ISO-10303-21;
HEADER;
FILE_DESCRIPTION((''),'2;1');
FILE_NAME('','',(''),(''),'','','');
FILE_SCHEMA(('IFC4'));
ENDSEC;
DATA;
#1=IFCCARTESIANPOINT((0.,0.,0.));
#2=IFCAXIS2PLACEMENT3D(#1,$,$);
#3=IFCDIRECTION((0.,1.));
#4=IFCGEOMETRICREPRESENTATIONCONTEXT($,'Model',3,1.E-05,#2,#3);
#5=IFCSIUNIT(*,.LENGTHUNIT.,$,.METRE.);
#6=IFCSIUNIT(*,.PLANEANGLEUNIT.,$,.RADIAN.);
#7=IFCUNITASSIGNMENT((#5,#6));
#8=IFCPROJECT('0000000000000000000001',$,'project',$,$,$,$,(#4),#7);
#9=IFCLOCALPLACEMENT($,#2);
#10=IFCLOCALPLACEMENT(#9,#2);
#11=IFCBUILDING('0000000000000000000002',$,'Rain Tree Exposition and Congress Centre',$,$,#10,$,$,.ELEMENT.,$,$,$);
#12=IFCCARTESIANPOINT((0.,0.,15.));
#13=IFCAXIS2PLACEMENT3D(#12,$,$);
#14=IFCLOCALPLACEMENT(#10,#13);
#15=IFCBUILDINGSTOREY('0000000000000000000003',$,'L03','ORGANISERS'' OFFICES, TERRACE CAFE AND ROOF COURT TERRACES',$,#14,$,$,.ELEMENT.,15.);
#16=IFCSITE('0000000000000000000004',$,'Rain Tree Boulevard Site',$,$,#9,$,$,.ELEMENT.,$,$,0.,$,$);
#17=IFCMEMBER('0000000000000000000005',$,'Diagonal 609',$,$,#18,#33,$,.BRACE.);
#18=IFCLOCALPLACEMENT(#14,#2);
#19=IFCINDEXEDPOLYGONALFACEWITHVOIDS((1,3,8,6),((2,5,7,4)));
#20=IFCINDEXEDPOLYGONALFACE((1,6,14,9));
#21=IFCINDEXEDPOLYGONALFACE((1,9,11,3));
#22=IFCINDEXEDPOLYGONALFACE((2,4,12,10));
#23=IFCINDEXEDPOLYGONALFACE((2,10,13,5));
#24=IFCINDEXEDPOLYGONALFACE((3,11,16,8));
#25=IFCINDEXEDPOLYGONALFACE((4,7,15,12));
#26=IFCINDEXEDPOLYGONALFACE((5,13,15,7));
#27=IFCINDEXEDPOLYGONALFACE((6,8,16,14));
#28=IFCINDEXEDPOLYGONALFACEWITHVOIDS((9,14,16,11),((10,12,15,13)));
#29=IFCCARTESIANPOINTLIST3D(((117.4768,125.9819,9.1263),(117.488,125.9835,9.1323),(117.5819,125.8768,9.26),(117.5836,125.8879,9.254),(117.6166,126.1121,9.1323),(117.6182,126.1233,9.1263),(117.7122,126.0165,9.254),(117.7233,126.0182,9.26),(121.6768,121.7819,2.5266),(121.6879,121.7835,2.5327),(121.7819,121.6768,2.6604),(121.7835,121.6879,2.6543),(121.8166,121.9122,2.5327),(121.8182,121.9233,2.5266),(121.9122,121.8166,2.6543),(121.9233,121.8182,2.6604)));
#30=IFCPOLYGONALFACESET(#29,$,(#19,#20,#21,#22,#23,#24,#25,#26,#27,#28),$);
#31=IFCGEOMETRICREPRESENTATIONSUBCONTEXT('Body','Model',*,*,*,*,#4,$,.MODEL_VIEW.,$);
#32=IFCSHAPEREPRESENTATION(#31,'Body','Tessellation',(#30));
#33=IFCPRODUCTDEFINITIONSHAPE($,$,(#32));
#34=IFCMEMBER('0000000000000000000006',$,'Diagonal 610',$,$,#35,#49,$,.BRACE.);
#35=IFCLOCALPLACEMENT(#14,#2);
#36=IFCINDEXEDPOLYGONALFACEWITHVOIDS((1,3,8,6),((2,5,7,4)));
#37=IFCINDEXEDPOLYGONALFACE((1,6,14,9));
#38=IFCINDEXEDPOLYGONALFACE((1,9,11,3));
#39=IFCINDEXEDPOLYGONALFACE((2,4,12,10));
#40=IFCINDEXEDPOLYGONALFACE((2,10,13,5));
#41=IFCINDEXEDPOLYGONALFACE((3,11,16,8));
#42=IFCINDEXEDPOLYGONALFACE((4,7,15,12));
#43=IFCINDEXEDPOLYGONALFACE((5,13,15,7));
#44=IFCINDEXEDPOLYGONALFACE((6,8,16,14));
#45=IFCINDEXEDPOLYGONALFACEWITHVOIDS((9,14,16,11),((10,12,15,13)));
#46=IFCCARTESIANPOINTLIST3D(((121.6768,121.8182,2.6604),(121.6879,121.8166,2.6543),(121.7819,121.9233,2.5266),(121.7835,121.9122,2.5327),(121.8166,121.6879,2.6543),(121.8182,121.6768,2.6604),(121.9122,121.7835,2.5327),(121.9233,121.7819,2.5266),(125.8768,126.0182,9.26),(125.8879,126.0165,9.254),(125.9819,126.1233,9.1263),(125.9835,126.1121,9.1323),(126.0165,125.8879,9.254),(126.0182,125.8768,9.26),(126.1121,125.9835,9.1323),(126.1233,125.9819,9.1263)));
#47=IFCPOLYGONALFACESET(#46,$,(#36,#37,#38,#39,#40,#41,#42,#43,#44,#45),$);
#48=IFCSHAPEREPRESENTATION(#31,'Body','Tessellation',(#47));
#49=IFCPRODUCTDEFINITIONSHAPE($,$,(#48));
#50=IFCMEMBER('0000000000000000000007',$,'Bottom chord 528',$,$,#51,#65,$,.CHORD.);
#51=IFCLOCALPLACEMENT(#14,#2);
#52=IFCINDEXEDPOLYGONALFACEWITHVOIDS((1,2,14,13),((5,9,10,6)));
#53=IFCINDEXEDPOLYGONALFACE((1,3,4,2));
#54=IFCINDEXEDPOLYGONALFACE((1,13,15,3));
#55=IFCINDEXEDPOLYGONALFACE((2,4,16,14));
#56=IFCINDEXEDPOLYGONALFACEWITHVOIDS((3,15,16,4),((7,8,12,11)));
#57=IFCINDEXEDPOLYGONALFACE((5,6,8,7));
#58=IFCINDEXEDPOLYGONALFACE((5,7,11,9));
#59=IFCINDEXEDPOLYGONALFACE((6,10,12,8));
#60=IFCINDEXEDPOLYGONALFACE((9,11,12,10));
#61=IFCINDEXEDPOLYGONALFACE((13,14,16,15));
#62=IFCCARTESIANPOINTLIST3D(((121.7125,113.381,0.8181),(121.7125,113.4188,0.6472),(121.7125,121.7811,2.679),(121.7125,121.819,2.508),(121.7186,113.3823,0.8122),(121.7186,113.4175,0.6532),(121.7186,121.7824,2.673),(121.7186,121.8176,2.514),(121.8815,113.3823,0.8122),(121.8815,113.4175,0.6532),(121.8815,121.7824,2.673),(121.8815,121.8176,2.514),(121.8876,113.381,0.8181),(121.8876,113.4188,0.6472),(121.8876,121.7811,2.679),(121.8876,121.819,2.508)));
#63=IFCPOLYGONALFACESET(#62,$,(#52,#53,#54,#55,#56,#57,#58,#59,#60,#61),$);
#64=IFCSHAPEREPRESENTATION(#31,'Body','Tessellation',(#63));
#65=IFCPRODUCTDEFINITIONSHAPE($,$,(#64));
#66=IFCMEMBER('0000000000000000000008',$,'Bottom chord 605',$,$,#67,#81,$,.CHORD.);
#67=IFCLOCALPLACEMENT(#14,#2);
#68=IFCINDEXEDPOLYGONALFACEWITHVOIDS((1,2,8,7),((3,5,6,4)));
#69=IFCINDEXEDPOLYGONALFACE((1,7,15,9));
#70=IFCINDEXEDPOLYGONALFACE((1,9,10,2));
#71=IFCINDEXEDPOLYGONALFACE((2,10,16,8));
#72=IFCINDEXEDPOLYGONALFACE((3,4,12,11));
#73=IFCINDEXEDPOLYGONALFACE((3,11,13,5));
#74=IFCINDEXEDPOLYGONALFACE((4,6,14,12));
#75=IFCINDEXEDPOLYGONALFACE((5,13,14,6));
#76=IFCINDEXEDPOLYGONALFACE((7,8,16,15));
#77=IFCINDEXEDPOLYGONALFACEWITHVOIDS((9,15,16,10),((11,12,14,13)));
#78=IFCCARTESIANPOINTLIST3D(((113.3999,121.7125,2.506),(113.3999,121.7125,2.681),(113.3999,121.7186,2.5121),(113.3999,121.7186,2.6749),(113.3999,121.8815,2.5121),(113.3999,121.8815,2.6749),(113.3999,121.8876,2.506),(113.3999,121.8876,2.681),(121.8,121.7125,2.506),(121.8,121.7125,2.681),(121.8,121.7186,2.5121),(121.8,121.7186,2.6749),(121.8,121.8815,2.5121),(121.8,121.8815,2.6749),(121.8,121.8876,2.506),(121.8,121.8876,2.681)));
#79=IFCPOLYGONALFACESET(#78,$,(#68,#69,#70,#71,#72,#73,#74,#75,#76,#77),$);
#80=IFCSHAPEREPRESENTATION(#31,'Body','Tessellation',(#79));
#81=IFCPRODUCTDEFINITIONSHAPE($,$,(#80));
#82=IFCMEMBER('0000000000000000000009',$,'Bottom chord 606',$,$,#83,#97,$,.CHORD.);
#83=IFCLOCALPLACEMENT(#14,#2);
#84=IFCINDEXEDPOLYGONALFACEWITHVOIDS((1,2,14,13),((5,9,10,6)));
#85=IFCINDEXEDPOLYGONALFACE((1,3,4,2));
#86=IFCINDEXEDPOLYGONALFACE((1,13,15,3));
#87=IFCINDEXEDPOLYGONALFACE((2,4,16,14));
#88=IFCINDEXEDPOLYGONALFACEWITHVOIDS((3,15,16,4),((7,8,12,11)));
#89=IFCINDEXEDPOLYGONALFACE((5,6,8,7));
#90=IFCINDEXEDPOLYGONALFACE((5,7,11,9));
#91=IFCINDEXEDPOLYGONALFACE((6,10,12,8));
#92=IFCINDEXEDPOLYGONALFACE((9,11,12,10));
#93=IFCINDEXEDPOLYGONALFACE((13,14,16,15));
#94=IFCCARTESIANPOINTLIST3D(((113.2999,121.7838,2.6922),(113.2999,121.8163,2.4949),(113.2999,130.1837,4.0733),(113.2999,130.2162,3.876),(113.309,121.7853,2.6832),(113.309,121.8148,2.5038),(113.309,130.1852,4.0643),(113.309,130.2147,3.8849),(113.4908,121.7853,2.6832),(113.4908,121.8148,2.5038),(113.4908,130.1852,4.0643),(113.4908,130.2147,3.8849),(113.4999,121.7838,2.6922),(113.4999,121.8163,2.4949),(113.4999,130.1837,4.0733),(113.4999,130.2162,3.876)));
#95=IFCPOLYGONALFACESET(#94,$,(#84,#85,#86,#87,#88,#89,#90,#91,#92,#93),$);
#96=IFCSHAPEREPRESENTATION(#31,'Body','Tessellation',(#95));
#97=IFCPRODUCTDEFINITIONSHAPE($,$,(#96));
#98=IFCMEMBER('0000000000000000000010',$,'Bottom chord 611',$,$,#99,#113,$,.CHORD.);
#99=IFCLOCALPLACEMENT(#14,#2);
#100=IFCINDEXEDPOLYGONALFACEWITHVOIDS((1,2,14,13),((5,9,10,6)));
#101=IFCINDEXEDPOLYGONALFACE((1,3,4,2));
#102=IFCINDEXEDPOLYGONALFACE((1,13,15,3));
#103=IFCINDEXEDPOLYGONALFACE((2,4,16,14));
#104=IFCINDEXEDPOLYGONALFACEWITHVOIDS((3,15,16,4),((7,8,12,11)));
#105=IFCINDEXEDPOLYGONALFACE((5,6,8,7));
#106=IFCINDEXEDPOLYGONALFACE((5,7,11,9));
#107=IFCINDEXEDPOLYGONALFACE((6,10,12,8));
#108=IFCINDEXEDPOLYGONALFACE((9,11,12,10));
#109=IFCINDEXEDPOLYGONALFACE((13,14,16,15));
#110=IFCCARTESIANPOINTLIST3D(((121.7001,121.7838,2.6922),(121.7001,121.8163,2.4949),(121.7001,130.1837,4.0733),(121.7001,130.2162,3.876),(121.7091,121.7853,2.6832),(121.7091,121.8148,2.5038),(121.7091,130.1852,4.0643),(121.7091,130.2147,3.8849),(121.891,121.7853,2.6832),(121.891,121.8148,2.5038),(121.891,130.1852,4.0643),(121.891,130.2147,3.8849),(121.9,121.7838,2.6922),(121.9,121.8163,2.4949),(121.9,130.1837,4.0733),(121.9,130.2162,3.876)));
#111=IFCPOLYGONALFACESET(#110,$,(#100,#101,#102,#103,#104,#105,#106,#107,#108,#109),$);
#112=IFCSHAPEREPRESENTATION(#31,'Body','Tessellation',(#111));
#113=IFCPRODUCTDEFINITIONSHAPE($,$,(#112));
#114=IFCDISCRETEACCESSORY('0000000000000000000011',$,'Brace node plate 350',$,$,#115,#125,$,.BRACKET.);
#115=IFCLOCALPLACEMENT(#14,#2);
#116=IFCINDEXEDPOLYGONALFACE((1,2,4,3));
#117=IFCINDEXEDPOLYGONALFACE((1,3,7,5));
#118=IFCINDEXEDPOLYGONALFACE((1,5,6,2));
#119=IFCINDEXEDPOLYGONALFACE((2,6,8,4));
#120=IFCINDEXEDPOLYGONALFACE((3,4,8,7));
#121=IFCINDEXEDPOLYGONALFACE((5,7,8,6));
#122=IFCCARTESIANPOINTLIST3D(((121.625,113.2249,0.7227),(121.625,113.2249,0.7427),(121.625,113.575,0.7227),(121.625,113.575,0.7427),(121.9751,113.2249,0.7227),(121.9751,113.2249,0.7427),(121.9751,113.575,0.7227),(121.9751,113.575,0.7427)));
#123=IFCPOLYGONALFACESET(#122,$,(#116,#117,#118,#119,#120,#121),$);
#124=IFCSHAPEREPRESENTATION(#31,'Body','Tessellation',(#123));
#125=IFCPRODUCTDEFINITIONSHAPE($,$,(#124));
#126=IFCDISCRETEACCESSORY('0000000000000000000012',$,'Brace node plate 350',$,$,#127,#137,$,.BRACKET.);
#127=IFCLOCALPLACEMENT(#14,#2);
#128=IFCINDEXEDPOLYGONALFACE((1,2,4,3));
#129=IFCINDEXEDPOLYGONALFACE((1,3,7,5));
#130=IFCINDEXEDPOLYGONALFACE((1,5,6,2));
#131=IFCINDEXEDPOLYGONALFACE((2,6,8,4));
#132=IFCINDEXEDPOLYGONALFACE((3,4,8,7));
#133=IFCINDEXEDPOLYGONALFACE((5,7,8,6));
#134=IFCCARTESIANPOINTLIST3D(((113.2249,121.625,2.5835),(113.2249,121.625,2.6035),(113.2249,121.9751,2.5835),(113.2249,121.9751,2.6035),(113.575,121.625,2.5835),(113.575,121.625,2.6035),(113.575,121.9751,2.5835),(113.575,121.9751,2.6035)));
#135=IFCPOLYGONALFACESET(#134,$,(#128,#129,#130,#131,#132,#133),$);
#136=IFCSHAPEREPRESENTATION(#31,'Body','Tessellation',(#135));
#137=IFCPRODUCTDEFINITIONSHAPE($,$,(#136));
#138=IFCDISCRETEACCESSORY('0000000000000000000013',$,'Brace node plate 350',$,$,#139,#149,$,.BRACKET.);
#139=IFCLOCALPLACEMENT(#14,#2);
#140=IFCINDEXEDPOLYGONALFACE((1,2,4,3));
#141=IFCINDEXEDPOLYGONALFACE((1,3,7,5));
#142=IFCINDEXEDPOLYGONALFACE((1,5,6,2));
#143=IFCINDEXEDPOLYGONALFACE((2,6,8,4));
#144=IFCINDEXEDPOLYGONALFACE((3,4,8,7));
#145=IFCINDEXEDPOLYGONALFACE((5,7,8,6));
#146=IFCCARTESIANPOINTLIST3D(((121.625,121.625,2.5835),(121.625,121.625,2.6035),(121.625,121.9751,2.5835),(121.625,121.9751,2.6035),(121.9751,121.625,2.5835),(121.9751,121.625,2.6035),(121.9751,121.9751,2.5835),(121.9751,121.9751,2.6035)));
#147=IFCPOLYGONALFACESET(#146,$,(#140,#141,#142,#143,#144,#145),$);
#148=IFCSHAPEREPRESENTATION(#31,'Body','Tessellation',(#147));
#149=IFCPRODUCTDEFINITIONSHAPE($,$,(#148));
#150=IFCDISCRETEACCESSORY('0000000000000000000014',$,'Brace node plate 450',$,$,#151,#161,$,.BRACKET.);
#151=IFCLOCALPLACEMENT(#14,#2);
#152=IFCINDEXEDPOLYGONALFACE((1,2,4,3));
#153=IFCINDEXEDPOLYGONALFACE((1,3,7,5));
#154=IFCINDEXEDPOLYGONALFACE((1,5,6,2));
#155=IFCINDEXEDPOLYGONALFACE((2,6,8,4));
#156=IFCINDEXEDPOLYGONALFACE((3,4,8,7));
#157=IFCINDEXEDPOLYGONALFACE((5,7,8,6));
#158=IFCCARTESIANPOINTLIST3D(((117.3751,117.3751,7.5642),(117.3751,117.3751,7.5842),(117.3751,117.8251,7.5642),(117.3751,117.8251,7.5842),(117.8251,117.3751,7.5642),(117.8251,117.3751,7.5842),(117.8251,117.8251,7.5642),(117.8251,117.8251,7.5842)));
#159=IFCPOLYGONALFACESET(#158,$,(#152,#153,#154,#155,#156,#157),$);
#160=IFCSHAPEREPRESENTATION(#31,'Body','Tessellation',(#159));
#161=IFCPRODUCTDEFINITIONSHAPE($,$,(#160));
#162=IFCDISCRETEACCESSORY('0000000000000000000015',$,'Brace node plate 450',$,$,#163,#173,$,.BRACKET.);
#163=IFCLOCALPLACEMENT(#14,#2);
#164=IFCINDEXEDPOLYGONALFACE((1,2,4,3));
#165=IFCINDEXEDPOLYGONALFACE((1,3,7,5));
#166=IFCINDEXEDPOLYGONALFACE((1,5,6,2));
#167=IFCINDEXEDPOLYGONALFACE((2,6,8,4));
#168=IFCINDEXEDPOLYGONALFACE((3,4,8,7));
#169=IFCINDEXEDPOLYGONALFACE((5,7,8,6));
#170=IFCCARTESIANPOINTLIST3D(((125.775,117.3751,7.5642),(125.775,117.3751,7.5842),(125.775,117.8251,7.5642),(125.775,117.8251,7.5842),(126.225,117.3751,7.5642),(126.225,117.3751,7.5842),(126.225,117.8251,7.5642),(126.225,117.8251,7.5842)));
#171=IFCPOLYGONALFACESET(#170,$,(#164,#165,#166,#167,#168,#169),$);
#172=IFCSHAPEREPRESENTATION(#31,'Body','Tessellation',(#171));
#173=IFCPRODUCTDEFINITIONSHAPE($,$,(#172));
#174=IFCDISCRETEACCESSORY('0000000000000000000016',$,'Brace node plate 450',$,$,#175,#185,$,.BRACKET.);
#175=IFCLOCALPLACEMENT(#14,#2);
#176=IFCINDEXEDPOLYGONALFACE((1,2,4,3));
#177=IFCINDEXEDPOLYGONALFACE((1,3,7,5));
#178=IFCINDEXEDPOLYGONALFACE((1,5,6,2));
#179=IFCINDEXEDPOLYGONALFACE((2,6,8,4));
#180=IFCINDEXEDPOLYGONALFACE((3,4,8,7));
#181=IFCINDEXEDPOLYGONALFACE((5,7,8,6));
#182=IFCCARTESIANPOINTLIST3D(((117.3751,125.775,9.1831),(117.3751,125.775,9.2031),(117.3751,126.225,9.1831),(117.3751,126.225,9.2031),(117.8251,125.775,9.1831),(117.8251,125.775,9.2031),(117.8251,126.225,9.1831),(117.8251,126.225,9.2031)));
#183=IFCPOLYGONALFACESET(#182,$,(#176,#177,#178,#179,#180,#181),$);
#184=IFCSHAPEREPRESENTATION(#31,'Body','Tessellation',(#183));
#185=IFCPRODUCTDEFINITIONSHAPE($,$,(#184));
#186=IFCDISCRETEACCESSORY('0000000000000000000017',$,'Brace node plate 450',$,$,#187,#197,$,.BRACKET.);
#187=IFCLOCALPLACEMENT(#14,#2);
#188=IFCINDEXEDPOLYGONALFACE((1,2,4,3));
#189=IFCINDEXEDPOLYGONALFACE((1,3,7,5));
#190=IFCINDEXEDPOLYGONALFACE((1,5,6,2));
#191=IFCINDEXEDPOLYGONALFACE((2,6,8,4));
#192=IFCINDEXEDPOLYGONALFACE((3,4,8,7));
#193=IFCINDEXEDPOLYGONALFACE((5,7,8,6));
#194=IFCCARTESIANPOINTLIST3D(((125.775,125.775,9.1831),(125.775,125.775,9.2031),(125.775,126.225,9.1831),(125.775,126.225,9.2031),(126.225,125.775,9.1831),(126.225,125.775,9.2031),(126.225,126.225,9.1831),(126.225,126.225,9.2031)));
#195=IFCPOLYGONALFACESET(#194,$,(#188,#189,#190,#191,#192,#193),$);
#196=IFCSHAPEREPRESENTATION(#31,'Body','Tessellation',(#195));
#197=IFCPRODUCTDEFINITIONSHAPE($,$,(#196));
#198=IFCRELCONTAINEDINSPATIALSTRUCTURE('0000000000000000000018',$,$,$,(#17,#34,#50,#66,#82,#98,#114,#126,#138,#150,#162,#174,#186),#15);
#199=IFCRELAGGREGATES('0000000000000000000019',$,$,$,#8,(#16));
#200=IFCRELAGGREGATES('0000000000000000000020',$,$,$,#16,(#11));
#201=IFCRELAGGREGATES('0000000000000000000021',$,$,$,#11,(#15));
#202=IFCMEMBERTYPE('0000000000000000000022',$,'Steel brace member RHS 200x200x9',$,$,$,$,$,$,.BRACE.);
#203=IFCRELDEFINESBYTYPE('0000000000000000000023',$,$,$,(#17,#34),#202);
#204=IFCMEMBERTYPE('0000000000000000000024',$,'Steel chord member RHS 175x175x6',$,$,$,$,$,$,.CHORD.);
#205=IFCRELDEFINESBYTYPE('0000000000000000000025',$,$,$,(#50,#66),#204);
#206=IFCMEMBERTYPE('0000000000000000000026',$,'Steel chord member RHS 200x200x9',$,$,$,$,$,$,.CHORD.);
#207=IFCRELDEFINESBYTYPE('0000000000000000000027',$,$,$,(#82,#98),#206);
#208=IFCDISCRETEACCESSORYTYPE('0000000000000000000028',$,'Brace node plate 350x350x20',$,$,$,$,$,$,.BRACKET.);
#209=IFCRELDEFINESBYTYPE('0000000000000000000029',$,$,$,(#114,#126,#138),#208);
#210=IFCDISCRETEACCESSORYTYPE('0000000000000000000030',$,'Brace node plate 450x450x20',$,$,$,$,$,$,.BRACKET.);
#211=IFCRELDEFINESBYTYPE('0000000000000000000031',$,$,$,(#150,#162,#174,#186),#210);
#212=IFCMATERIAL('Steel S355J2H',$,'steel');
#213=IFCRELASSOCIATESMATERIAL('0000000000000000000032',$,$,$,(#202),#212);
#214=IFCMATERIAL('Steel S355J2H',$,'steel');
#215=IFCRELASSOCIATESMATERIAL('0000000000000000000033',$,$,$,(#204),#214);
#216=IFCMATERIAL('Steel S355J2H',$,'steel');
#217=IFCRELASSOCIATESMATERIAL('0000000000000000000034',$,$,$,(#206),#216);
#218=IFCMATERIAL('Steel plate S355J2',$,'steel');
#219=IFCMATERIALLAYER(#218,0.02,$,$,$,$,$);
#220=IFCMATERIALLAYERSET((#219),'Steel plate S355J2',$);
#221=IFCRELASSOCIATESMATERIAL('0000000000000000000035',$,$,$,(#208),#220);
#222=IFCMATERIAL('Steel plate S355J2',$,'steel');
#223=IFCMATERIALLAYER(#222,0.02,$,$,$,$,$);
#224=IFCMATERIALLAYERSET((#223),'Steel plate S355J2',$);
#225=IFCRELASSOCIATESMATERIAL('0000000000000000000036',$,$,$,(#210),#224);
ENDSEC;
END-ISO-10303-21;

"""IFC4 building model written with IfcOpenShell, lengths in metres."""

from ifc_helpers import new_model, si_unit, direction, frame, origin, origin_2d, place, context, subcontext, project, spatial, rectangle, hollow_rectangle, extrude, material, layer, layer_set, material_profile, profile_set, type_object, element, save


model = new_model("IFC4")

# Units and contexts
model_context = context("Model", 3, precision=1e-05, world=origin(), true_north=direction((0.0, 1.0)))
body_context = subcontext(model_context, "Body", "Model", "MODEL_VIEW")
ifc_project = project(units=[si_unit("LENGTHUNIT", "METRE"), si_unit("PLANEANGLEUNIT", "RADIAN")], contexts=[model_context])

# Site, building, storey
site_placement = place(None, origin())
site = spatial("IfcSite", under=ifc_project, at=site_placement, Name="Rain Tree Boulevard Site", CompositionType="ELEMENT", RefElevation=0.0)
building_placement = place(site_placement, origin())
building = spatial("IfcBuilding", under=site, at=building_placement, Name="Rain Tree Exposition and Congress Centre", CompositionType="ELEMENT")
storey_placement = place(building_placement, frame((0.0, 0.0, 15.0)))
storey = spatial("IfcBuildingStorey", under=building, at=storey_placement, Name="L03", Description="ORGANISERS' OFFICES, TERRACE CAFE AND ROOF COURT TERRACES", CompositionType="ELEMENT", Elevation=15.0)

# Members
ifc_material_1 = material(Name="Steel S355J2H", Category="steel")
ifc_material_profile_1 = material_profile(ifc_material_1, hollow_rectangle(XDim=0.2, YDim=0.2, WallThickness=0.009, at=origin_2d()), Name="RHS 200x200x9")
ifc_profile_set_1 = profile_set([ifc_material_profile_1], Name="Steel S355J2H")
member_type_1 = type_object("IfcMemberType", Name="Steel brace member RHS 200x200x9", PredefinedType="BRACE", material=ifc_profile_set_1)
for number, where, z_axis, x_axis, name in (
    (1, (121.8, 121.8, 2.5935), (-0.473029, 0.473029, 0.743295), (-0.707107, -0.707107, 0.0), "Diagonal 609"),
    (2, (121.8, 121.8, 2.5935), (0.473029, 0.473029, 0.743295), (-0.707107, 0.707107, 0.0), "Diagonal 610"),
):
    element("IfcMember", number, at=place(storey_placement, frame(where, z_axis=z_axis, x_axis=x_axis)), inside=storey, type_object=member_type_1, Name=name, PredefinedType="BRACE", context=body_context, shape_type="SweptSolid", body=[
        extrude(hollow_rectangle(XDim=0.2, YDim=0.2, WallThickness=0.009, at=origin_2d()), origin(), (0.0, 0.0, 1.0), 8.8789),
    ])
ifc_material_2 = material(Name="Steel S355J2H", Category="steel")
ifc_material_profile_2 = material_profile(ifc_material_2, hollow_rectangle(XDim=0.175, YDim=0.175, WallThickness=0.0061, at=origin_2d()), Name="RHS 175x175x6")
ifc_profile_set_2 = profile_set([ifc_material_profile_2], Name="Steel S355J2H")
member_type_2 = type_object("IfcMemberType", Name="Steel chord member RHS 175x175x6", PredefinedType="CHORD", material=ifc_profile_set_2)
member_1_placement = place(storey_placement, frame((121.8, 113.3999, 0.7327), z_axis=(0.0, 0.976331, 0.216281), x_axis=(-1.0, 0.0, 0.0)))
element("IfcMember", 3, at=member_1_placement, inside=storey, type_object=member_type_2, Name="Bottom chord 528", PredefinedType="CHORD", context=body_context, shape_type="SweptSolid", body=[
    extrude(hollow_rectangle(XDim=0.175, YDim=0.175, WallThickness=0.0061, at=origin_2d()), origin(), (0.0, 0.0, 1.0), 8.6038),
])
member_2_placement = place(storey_placement, frame((113.3999, 121.8, 2.5935), z_axis=(1.0, 0.0, 0.0), x_axis=(0.0, 1.0, 0.0)))
element("IfcMember", 4, at=member_2_placement, inside=storey, type_object=member_type_2, Name="Bottom chord 605", PredefinedType="CHORD", context=body_context, shape_type="SweptSolid", body=[
    extrude(hollow_rectangle(XDim=0.175, YDim=0.175, WallThickness=0.0061, at=origin_2d()), origin(), (0.0, 0.0, 1.0), 8.4001),
])
ifc_material_3 = material(Name="Steel S355J2H", Category="steel")
ifc_material_profile_3 = material_profile(ifc_material_3, hollow_rectangle(XDim=0.2, YDim=0.2, WallThickness=0.009, at=origin_2d()), Name="RHS 200x200x9")
ifc_profile_set_3 = profile_set([ifc_material_profile_3], Name="Steel S355J2H")
member_type_3 = type_object("IfcMemberType", Name="Steel chord member RHS 200x200x9", PredefinedType="CHORD", material=ifc_profile_set_3)
for number, where, z_axis, x_axis, name in (
    (5, (113.3999, 121.8, 2.5935), (0.0, 0.986751, 0.162241), (-1.0, 0.0, 0.0), "Bottom chord 606"),
    (6, (121.8, 121.8, 2.5935), (0.0, 0.986751, 0.162241), (-1.0, 0.0, 0.0), "Bottom chord 611"),
):
    element("IfcMember", number, at=place(storey_placement, frame(where, z_axis=z_axis, x_axis=x_axis)), inside=storey, type_object=member_type_3, Name=name, PredefinedType="CHORD", context=body_context, shape_type="SweptSolid", body=[
        extrude(hollow_rectangle(XDim=0.2, YDim=0.2, WallThickness=0.009, at=origin_2d()), origin(), (0.0, 0.0, 1.0), 8.5127),
    ])

# Discrete accessories
ifc_material_4 = material(Name="Steel plate S355J2", Category="steel")
ifc_layer_1 = layer(ifc_material_4, 0.02)
ifc_layer_set_1 = layer_set([ifc_layer_1], Name="Steel plate S355J2")
discrete_accessory_type_1 = type_object("IfcDiscreteAccessoryType", Name="Brace node plate 350x350x20", PredefinedType="BRACKET", material=ifc_layer_set_1)
for number, where, z_axis, x_axis, name in (
    (7, (121.8, 113.3999, 0.7227), (0.0, 0.0, 1.0), (1.0, 0.0, 0.0), "Brace node plate 350"),
    (8, (113.3999, 121.8, 2.5835), (0.0, 0.0, 1.0), (1.0, 0.0, 0.0), "Brace node plate 350"),
    (9, (121.8, 121.8, 2.5835), (0.0, 0.0, 1.0), (1.0, 0.0, 0.0), "Brace node plate 350"),
):
    element("IfcDiscreteAccessory", number, at=place(storey_placement, frame(where, z_axis=z_axis, x_axis=x_axis)), inside=storey, type_object=discrete_accessory_type_1, Name=name, PredefinedType="BRACKET", context=body_context, shape_type="SweptSolid", body=[
        extrude(rectangle(XDim=0.3501, YDim=0.3501, at=origin_2d()), origin(), (0.0, 0.0, 1.0), 0.02),
    ])
ifc_material_5 = material(Name="Steel plate S355J2", Category="steel")
ifc_layer_2 = layer(ifc_material_5, 0.02)
ifc_layer_set_2 = layer_set([ifc_layer_2], Name="Steel plate S355J2")
discrete_accessory_type_2 = type_object("IfcDiscreteAccessoryType", Name="Brace node plate 450x450x20", PredefinedType="BRACKET", material=ifc_layer_set_2)
for number, where, z_axis, x_axis, name in (
    (10, (117.6001, 117.6001, 7.5642), (0.0, 0.0, 1.0), (1.0, 0.0, 0.0), "Brace node plate 450"),
    (11, (126.0, 117.6001, 7.5642), (0.0, 0.0, 1.0), (1.0, 0.0, 0.0), "Brace node plate 450"),
    (12, (117.6001, 126.0, 9.1831), (0.0, 0.0, 1.0), (1.0, 0.0, 0.0), "Brace node plate 450"),
    (13, (126.0, 126.0, 9.1831), (0.0, 0.0, 1.0), (1.0, 0.0, 0.0), "Brace node plate 450"),
):
    element("IfcDiscreteAccessory", number, at=place(storey_placement, frame(where, z_axis=z_axis, x_axis=x_axis)), inside=storey, type_object=discrete_accessory_type_2, Name=name, PredefinedType="BRACKET", context=body_context, shape_type="SweptSolid", body=[
        extrude(rectangle(XDim=0.45, YDim=0.45, at=origin_2d()), origin(), (0.0, 0.0, 1.0), 0.02),
    ])

save(model, "model.ifc")
